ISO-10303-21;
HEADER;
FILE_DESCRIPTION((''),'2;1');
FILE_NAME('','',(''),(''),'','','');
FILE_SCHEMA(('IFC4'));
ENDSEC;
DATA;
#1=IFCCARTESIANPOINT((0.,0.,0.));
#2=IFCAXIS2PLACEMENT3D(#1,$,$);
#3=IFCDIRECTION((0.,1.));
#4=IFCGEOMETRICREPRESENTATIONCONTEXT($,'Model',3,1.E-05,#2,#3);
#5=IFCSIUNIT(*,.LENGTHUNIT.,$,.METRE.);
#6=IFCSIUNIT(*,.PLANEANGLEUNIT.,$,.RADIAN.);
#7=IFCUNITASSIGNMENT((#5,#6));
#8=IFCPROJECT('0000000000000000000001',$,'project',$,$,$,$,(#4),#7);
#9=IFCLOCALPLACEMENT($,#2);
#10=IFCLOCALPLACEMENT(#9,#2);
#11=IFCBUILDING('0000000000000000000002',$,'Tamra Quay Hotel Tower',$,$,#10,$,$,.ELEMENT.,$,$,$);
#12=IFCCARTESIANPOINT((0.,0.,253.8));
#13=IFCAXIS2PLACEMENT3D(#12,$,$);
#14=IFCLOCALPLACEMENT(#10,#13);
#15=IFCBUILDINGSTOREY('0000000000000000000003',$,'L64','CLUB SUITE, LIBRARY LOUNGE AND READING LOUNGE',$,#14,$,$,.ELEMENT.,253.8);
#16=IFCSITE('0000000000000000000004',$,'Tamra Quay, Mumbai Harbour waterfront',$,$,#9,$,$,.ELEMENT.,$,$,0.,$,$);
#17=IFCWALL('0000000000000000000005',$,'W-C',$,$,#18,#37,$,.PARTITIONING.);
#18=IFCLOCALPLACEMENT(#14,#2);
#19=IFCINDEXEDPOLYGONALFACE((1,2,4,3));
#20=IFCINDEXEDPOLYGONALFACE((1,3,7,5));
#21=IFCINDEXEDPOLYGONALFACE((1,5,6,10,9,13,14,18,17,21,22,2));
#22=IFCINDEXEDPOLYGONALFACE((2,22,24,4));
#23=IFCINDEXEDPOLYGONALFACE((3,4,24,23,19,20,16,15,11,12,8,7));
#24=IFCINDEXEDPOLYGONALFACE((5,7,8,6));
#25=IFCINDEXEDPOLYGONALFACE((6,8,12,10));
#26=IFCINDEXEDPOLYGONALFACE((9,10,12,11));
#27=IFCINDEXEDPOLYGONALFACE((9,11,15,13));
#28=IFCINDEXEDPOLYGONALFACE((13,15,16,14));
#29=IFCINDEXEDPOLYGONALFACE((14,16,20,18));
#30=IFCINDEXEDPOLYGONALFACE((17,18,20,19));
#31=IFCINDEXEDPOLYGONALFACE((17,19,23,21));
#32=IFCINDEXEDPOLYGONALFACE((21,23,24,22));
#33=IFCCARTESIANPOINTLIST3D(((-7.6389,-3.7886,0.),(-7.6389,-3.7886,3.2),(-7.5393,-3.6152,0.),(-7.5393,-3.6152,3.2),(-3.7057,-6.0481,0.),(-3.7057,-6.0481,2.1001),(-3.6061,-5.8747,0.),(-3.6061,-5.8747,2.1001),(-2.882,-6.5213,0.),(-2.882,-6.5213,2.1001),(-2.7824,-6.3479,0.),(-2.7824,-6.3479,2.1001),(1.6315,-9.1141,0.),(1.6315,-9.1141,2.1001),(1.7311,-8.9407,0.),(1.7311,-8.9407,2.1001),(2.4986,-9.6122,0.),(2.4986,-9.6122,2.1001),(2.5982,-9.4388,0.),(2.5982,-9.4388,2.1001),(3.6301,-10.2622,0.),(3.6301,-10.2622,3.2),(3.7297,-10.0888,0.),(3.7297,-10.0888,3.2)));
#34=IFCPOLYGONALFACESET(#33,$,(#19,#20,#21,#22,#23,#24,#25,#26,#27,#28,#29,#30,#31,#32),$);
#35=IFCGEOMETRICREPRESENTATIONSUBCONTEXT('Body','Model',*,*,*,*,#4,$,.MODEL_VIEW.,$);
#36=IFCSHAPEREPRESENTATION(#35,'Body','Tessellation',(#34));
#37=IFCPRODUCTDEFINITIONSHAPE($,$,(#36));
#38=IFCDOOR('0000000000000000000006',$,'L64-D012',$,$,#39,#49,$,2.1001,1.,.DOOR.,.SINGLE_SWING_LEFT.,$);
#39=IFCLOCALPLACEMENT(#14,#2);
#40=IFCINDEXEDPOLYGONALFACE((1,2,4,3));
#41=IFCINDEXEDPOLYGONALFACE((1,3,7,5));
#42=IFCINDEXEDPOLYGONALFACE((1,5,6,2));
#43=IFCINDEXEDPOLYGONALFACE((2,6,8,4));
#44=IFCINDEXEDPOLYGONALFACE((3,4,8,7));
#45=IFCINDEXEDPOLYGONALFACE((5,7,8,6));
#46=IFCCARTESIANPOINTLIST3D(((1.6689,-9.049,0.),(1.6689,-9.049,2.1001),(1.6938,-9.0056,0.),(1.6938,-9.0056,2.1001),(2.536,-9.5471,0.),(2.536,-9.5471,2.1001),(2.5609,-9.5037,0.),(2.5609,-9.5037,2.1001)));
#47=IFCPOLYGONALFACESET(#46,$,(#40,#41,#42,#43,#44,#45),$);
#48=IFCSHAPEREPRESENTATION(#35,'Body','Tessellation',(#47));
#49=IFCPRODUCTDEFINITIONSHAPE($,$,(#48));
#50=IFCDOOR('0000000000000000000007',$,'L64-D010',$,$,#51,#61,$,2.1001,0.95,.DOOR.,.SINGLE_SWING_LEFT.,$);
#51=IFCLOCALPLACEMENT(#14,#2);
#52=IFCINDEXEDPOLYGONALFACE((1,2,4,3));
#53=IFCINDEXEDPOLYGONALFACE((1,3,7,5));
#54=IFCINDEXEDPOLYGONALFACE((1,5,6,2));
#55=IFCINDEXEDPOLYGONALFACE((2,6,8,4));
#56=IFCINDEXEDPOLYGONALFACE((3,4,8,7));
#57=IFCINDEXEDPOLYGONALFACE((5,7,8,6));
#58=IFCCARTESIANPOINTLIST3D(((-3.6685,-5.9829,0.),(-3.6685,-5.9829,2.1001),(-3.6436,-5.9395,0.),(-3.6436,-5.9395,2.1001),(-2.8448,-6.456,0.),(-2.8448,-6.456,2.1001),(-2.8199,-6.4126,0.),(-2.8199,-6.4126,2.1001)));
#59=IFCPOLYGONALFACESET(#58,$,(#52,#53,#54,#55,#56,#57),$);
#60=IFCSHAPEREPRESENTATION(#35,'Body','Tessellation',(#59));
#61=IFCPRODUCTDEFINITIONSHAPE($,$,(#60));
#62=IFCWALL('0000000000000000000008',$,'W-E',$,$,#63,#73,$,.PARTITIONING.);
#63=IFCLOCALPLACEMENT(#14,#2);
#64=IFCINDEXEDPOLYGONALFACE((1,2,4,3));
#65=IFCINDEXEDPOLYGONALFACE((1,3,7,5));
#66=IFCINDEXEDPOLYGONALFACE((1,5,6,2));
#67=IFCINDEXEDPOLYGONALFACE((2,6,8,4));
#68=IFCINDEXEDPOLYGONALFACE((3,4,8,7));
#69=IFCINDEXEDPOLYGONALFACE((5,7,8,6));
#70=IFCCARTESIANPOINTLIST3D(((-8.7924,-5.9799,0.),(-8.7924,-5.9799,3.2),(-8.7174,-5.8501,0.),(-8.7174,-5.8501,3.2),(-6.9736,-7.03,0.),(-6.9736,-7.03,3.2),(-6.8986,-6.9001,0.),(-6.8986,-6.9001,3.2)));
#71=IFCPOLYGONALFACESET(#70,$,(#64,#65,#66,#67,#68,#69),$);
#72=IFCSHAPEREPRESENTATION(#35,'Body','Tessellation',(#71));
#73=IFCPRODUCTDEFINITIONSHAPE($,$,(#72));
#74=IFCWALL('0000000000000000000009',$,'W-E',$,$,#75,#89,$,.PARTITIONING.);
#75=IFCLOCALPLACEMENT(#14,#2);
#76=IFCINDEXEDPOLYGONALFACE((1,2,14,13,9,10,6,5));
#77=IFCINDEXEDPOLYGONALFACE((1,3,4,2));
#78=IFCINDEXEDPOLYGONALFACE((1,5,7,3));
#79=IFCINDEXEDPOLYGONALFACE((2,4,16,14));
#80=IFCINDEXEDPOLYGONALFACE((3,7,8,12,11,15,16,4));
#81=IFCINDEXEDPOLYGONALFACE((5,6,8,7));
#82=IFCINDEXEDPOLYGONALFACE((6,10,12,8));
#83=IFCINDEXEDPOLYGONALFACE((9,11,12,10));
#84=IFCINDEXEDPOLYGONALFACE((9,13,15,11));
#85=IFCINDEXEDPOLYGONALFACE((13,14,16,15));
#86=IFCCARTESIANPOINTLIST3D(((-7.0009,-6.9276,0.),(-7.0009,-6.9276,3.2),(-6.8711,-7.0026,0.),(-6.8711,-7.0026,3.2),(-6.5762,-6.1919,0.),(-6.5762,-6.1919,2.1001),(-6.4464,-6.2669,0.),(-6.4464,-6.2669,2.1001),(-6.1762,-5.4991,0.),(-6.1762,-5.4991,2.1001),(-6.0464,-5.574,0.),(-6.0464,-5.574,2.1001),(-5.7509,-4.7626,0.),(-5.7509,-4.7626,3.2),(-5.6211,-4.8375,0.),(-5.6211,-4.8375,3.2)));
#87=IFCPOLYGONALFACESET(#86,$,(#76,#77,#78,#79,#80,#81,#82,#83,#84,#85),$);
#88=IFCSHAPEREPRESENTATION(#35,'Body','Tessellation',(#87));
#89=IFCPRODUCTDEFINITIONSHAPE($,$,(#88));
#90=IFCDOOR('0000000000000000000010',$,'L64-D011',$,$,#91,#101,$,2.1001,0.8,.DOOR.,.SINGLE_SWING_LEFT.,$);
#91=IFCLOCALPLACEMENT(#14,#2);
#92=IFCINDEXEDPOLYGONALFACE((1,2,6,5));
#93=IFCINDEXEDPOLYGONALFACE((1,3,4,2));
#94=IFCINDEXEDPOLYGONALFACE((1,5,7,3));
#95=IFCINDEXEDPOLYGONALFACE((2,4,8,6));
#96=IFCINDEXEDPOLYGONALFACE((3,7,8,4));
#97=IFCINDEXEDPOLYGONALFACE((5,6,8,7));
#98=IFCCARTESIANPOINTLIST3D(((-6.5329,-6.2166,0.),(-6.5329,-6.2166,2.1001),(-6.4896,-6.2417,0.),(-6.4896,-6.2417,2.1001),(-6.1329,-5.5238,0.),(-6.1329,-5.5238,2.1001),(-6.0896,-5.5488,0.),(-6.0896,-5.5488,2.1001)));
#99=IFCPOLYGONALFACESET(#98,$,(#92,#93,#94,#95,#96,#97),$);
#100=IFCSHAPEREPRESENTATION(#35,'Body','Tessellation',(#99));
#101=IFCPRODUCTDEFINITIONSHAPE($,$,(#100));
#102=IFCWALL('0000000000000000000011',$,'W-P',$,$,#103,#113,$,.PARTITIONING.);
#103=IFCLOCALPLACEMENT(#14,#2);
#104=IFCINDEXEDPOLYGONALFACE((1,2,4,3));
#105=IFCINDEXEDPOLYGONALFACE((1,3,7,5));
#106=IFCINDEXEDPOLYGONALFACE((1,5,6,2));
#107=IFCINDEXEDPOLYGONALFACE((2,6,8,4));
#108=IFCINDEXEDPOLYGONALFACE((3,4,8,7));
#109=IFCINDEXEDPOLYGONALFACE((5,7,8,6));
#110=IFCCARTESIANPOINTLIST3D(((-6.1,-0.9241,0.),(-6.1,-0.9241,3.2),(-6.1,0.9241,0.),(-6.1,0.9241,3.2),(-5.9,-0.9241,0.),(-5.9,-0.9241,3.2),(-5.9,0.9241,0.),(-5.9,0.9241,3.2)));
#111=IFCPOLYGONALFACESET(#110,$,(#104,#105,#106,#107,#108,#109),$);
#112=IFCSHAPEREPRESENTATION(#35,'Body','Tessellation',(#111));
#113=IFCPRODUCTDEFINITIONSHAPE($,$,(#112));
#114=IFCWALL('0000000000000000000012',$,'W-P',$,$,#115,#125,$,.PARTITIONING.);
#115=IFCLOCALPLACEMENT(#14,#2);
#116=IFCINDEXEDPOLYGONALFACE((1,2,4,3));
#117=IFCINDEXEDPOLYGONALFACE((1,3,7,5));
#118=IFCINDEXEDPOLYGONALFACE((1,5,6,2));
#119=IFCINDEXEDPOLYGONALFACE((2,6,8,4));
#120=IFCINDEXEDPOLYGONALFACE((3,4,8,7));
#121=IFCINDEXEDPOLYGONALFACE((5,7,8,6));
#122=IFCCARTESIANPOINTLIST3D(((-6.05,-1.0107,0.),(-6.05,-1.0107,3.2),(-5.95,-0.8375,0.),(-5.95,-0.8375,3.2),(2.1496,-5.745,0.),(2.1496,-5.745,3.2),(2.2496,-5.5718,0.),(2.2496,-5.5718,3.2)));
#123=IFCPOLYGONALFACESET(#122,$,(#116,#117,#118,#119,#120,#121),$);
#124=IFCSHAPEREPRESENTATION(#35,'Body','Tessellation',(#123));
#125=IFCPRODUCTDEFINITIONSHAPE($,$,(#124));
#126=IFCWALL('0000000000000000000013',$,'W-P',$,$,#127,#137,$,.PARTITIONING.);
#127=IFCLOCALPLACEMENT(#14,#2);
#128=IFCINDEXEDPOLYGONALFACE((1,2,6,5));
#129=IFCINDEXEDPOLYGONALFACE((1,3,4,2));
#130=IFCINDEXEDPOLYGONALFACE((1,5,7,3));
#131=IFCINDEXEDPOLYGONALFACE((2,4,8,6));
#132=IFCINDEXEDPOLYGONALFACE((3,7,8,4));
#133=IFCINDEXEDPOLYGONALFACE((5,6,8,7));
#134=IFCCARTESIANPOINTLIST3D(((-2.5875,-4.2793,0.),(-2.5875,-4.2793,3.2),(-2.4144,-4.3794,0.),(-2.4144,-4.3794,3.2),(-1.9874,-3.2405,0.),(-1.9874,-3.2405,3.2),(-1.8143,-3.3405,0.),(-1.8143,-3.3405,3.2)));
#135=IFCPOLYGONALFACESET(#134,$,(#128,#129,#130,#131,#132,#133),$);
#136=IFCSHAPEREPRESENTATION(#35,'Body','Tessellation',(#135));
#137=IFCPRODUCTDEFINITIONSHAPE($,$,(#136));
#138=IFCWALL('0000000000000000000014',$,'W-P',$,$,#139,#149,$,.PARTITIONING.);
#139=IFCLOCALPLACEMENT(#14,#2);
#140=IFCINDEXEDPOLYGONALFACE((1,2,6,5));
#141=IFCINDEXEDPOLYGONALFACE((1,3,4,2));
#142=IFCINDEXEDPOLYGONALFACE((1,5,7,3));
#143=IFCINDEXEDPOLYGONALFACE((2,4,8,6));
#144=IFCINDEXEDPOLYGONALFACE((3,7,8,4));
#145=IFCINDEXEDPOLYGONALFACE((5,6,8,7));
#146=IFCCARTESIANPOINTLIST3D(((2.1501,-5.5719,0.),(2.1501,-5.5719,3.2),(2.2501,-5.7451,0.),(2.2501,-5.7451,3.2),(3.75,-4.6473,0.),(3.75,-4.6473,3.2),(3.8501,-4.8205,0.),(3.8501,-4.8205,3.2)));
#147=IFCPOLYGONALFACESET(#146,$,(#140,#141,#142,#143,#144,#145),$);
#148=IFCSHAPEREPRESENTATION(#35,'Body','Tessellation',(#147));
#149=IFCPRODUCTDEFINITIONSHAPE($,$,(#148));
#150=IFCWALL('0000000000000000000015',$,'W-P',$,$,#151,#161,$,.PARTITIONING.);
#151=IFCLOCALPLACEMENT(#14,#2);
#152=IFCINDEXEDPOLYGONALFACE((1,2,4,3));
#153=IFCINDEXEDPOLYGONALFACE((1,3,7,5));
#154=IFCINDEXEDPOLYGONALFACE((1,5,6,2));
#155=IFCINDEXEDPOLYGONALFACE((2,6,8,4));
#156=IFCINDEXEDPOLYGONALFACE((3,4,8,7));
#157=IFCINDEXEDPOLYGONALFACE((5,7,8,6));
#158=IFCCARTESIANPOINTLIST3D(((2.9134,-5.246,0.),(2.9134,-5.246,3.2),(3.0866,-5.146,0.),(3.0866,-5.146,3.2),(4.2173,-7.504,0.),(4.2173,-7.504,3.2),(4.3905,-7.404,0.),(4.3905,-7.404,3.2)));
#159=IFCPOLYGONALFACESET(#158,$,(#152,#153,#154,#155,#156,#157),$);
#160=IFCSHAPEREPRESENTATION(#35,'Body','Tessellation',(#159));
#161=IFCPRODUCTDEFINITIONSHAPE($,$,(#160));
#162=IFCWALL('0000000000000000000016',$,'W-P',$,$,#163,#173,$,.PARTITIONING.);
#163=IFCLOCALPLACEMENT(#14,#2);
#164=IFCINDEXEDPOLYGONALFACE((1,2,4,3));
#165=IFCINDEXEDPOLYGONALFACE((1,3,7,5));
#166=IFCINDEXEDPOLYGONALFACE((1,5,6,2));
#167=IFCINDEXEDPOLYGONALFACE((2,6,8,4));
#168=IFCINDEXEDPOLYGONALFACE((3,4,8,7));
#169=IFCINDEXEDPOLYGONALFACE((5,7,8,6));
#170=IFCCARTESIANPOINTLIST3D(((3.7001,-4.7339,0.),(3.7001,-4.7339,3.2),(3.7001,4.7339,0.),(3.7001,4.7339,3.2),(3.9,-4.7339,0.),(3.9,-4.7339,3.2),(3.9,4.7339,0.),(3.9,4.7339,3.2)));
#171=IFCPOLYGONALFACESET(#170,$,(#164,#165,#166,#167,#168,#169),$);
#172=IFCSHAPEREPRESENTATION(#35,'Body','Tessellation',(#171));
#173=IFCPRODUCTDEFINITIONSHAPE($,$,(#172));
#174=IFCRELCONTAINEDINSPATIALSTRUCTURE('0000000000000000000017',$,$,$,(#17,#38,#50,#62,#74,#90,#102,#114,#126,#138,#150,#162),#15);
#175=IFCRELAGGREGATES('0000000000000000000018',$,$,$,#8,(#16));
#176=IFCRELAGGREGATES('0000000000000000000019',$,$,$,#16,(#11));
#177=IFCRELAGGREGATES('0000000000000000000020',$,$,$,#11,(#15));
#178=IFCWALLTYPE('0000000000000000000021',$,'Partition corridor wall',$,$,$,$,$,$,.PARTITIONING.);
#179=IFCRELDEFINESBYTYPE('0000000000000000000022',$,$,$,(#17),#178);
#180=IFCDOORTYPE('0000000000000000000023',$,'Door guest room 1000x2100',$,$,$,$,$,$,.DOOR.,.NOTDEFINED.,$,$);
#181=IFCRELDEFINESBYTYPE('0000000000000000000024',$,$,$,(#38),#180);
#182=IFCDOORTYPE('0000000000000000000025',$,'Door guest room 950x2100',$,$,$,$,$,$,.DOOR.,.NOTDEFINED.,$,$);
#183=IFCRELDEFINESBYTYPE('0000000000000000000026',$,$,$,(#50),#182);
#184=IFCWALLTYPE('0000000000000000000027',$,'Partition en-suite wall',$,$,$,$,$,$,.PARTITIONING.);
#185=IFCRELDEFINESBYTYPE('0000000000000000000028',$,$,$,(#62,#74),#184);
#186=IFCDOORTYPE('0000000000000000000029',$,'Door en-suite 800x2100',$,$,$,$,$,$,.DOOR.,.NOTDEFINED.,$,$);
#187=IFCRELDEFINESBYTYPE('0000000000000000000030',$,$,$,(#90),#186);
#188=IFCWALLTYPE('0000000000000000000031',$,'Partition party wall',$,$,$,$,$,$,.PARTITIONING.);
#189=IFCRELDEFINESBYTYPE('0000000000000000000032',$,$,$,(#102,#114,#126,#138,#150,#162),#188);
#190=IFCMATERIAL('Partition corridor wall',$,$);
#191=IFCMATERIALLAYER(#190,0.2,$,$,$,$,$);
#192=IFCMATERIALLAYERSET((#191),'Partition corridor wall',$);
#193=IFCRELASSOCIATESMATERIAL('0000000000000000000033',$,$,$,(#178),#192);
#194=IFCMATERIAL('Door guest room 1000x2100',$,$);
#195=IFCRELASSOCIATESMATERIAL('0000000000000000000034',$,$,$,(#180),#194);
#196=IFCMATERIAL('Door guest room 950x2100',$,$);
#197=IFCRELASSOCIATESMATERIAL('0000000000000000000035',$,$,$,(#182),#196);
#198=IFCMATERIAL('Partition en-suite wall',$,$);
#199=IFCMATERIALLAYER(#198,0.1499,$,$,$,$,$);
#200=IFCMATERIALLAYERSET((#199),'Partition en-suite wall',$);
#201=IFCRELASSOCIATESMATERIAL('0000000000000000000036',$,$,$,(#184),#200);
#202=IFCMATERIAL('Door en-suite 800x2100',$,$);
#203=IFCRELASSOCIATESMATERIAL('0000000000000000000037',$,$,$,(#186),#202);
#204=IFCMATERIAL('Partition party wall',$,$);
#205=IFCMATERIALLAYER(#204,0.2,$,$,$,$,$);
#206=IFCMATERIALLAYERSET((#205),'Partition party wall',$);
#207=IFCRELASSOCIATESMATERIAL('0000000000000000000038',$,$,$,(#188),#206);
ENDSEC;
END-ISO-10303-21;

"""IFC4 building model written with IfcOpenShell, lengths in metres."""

from ifc_helpers import new_model, si_unit, direction, frame, frame_2d, origin, place, context, subcontext, project, spatial, rectangle, extrude, material, layer, layer_set, type_object, element, fill, save


model = new_model("IFC4")

# Units and contexts
model_context = context("Model", 3, precision=1e-05, world=origin(), true_north=direction((0.0, 1.0)))
body_context = subcontext(model_context, "Body", "Model", "MODEL_VIEW")
ifc_project = project(units=[si_unit("LENGTHUNIT", "METRE"), si_unit("PLANEANGLEUNIT", "RADIAN")], contexts=[model_context])

# Site, building, storey
site_placement = place(None, origin())
site = spatial("IfcSite", under=ifc_project, at=site_placement, Name="Tamra Quay, Mumbai Harbour waterfront", CompositionType="ELEMENT", RefElevation=0.0)
building_placement = place(site_placement, origin())
building = spatial("IfcBuilding", under=site, at=building_placement, Name="Tamra Quay Hotel Tower", CompositionType="ELEMENT")
storey_placement = place(building_placement, frame((0.0, 0.0, 253.8)))
storey = spatial("IfcBuildingStorey", under=building, at=storey_placement, Name="L64", Description="CLUB SUITE, LIBRARY LOUNGE AND READING LOUNGE", CompositionType="ELEMENT", Elevation=253.8)

# Shared definitions
ifc_material_1 = material(Name="Partition corridor wall")
ifc_layer_1 = layer(ifc_material_1, 0.2)
ifc_layer_set_1 = layer_set([ifc_layer_1], Name="Partition corridor wall")
wall_type_1 = type_object("IfcWallType", Name="Partition corridor wall", PredefinedType="PARTITIONING", material=ifc_layer_set_1)

# Wall, openings, doors
wall_1_placement = place(storey_placement, frame((-7.5891, -3.7019, 0.0), z_axis=(0.0, 0.0, 1.0), x_axis=(0.867108, -0.49812, 0.0)))
wall_1 = element("IfcWall", 1, at=wall_1_placement, inside=storey, type_object=wall_type_1, Name="W-C", PredefinedType="PARTITIONING", context=body_context, shape_type="SweptSolid", body=[
    extrude(rectangle(XDim=12.9961, YDim=0.2, at=frame_2d((6.498, 0.0))), origin(), (0.0, 0.0, 1.0), 3.2),
])
opening_1_placement = place(wall_1_placement, frame((4.5359, 0.0, 0.0)))
opening_1 = element("IfcOpeningElement", 2, at=opening_1_placement, cuts=wall_1, PredefinedType="OPENING", context=body_context, shape_type="SweptSolid", body=[
    extrude(rectangle(XDim=0.95, YDim=2.1001, at=frame_2d((0.4751, 1.05))), frame((0.0, 0.1099, 0.0), z_axis=(0.0, -1.0, 0.0), x_axis=(1.0, 0.0, 0.0)), (0.0, 0.0, 1.0), 0.22),
])
opening_2_placement = place(wall_1_placement, frame((10.6912, 0.0, 0.0)))
opening_2 = element("IfcOpeningElement", 3, at=opening_2_placement, cuts=wall_1, PredefinedType="OPENING", context=body_context, shape_type="SweptSolid", body=[
    extrude(rectangle(XDim=1.0, YDim=2.1001, at=frame_2d((0.5, 1.05))), frame((0.0, 0.1099, 0.0), z_axis=(0.0, -1.0, 0.0), x_axis=(1.0, 0.0, 0.0)), (0.0, 0.0, 1.0), 0.22),
])
ifc_material_2 = material(Name="Door guest room 1000x2100")
door_type_1 = type_object("IfcDoorType", Name="Door guest room 1000x2100", OperationType="NOTDEFINED", PredefinedType="DOOR", material=ifc_material_2)
door_1_placement = place(opening_2_placement, frame((1.0, 0.0, 0.0), z_axis=(0.0, 0.0, 1.0), x_axis=(-1.0, 0.0, 0.0)))
door_1 = element("IfcDoor", 4, at=door_1_placement, inside=storey, type_object=door_type_1, Name="L64-D012", OperationType="SINGLE_SWING_LEFT", OverallHeight=2.1001, OverallWidth=1.0, PredefinedType="DOOR", context=body_context, shape_type="SweptSolid", body=[
    extrude(rectangle(XDim=1.0, YDim=2.1001, at=frame_2d((0.5, 1.05))), frame((0.0, 0.0249, 0.0), z_axis=(0.0, -1.0, 0.0), x_axis=(1.0, 0.0, 0.0)), (0.0, 0.0, 1.0), 0.05),
])
fill(opening_2, door_1)
ifc_material_3 = material(Name="Door guest room 950x2100")
door_type_2 = type_object("IfcDoorType", Name="Door guest room 950x2100", OperationType="NOTDEFINED", PredefinedType="DOOR", material=ifc_material_3)
door_2_placement = place(opening_1_placement, frame((0.95, 0.0, 0.0), z_axis=(0.0, 0.0, 1.0), x_axis=(-1.0, 0.0, 0.0)))
door_2 = element("IfcDoor", 5, at=door_2_placement, inside=storey, type_object=door_type_2, Name="L64-D010", OperationType="SINGLE_SWING_LEFT", OverallHeight=2.1001, OverallWidth=0.95, PredefinedType="DOOR", context=body_context, shape_type="SweptSolid", body=[
    extrude(rectangle(XDim=0.95, YDim=2.1001, at=frame_2d((0.4751, 1.05))), frame((0.0, 0.0249, 0.0), z_axis=(0.0, -1.0, 0.0), x_axis=(1.0, 0.0, 0.0)), (0.0, 0.0, 1.0), 0.05),
])
fill(opening_1, door_2)

# Wall
ifc_material_4 = material(Name="Partition en-suite wall")
ifc_layer_2 = layer(ifc_material_4, 0.1499)
ifc_layer_set_2 = layer_set([ifc_layer_2], Name="Partition en-suite wall")
wall_type_2 = type_object("IfcWallType", Name="Partition en-suite wall", PredefinedType="PARTITIONING", material=ifc_layer_set_2)
wall_2_placement = place(storey_placement, frame((-8.7549, -5.915, 0.0), z_axis=(0.0, 0.0, 1.0), x_axis=(0.866038, -0.499977, 0.0)))
element("IfcWall", 6, at=wall_2_placement, inside=storey, type_object=wall_type_2, Name="W-E", PredefinedType="PARTITIONING", context=body_context, shape_type="SweptSolid", body=[
    extrude(rectangle(XDim=2.1001, YDim=0.1499, at=frame_2d((1.05, 0.0))), origin(), (0.0, 0.0, 1.0), 3.2),
])

# Wall, opening, door
wall_3_placement = place(storey_placement, frame((-6.936, -6.9651, 0.0), z_axis=(0.0, 0.0, 1.0), x_axis=(0.500004, 0.866023, 0.0)))
wall_3 = element("IfcWall", 7, at=wall_3_placement, inside=storey, type_object=wall_type_2, Name="W-E", PredefinedType="PARTITIONING", context=body_context, shape_type="SweptSolid", body=[
    extrude(rectangle(XDim=2.5, YDim=0.1499, at=frame_2d((1.25, 0.0))), origin(), (0.0, 0.0, 1.0), 3.2),
])
opening_3_placement = place(wall_3_placement, frame((0.8496, 0.0, 0.0)))
opening_3 = element("IfcOpeningElement", 8, at=opening_3_placement, cuts=wall_3, PredefinedType="OPENING", context=body_context, shape_type="SweptSolid", body=[
    extrude(rectangle(XDim=0.8, YDim=2.1001, at=frame_2d((0.3999, 1.05))), frame((0.0, 0.085, 0.0), z_axis=(0.0, -1.0, 0.0), x_axis=(1.0, 0.0, 0.0)), (0.0, 0.0, 1.0), 0.1699),
])
ifc_material_5 = material(Name="Door en-suite 800x2100")
door_type_3 = type_object("IfcDoorType", Name="Door en-suite 800x2100", OperationType="NOTDEFINED", PredefinedType="DOOR", material=ifc_material_5)
door_3_placement = place(opening_3_placement, frame((0.8, 0.0, 0.0), z_axis=(0.0, 0.0, 1.0), x_axis=(-1.0, 0.0, 0.0)))
door_3 = element("IfcDoor", 9, at=door_3_placement, inside=storey, type_object=door_type_3, Name="L64-D011", OperationType="SINGLE_SWING_LEFT", OverallHeight=2.1001, OverallWidth=0.8, PredefinedType="DOOR", context=body_context, shape_type="SweptSolid", body=[
    extrude(rectangle(XDim=0.8, YDim=2.1001, at=frame_2d((0.3999, 1.05))), frame((0.0, 0.0249, 0.0), z_axis=(0.0, -1.0, 0.0), x_axis=(1.0, 0.0, 0.0)), (0.0, 0.0, 1.0), 0.05),
])
fill(opening_3, door_3)

# Walls
ifc_material_6 = material(Name="Partition party wall")
ifc_layer_3 = layer(ifc_material_6, 0.2)
ifc_layer_set_3 = layer_set([ifc_layer_3], Name="Partition party wall")
wall_type_3 = type_object("IfcWallType", Name="Partition party wall", PredefinedType="PARTITIONING", material=ifc_layer_set_3)
wall_4_placement = place(storey_placement, frame((-6.0, -0.9241, 0.0), z_axis=(0.0, 0.0, 1.0), x_axis=(0.0, 1.0, 0.0)))
element("IfcWall", 10, at=wall_4_placement, inside=storey, type_object=wall_type_3, Name="W-P", PredefinedType="PARTITIONING", context=body_context, shape_type="SweptSolid", body=[
    extrude(rectangle(XDim=1.8481, YDim=0.2, at=frame_2d((0.9241, 0.0))), origin(), (0.0, 0.0, 1.0), 3.2),
])
wall_5_placement = place(storey_placement, frame((-6.0, -0.9241, 0.0), z_axis=(0.0, 0.0, 1.0), x_axis=(0.866013, -0.500022, 0.0)))
element("IfcWall", 11, at=wall_5_placement, inside=storey, type_object=wall_type_3, Name="W-P", PredefinedType="PARTITIONING", context=body_context, shape_type="SweptSolid", body=[
    extrude(rectangle(XDim=9.4683, YDim=0.2, at=frame_2d((4.7341, 0.0))), origin(), (0.0, 0.0, 1.0), 3.2),
])
wall_6_placement = place(storey_placement, frame((-2.501, -4.3293, 0.0), z_axis=(0.0, 0.0, 1.0), x_axis=(0.50021, 0.865904, 0.0)))
element("IfcWall", 12, at=wall_6_placement, inside=storey, type_object=wall_type_3, Name="W-P", PredefinedType="PARTITIONING", context=body_context, shape_type="SweptSolid", body=[
    extrude(rectangle(XDim=1.1997, YDim=0.2, at=frame_2d((0.5999, 0.0))), origin(), (0.0, 0.0, 1.0), 3.2),
])
wall_7_placement = place(storey_placement, frame((2.2002, -5.6584, 0.0), z_axis=(0.0, 0.0, 1.0), x_axis=(0.865818, 0.500359, 0.0)))
element("IfcWall", 13, at=wall_7_placement, inside=storey, type_object=wall_type_3, Name="W-P", PredefinedType="PARTITIONING", context=body_context, shape_type="SweptSolid", body=[
    extrude(rectangle(XDim=1.8479, YDim=0.2, at=frame_2d((0.9238, 0.0))), origin(), (0.0, 0.0, 1.0), 3.2),
])
wall_8_placement = place(storey_placement, frame((3.0, -5.196, 0.0), z_axis=(0.0, 0.0, 1.0), x_axis=(0.500076, -0.865981, 0.0)))
element("IfcWall", 14, at=wall_8_placement, inside=storey, type_object=wall_type_3, Name="W-P", PredefinedType="PARTITIONING", context=body_context, shape_type="SweptSolid", body=[
    extrude(rectangle(XDim=2.6074, YDim=0.2, at=frame_2d((1.3037, 0.0))), origin(), (0.0, 0.0, 1.0), 3.2),
])
wall_9_placement = place(storey_placement, frame((3.8, -4.7339, 0.0), z_axis=(0.0, 0.0, 1.0), x_axis=(0.0, 1.0, 0.0)))
element("IfcWall", 15, at=wall_9_placement, inside=storey, type_object=wall_type_3, Name="W-P", PredefinedType="PARTITIONING", context=body_context, shape_type="SweptSolid", body=[
    extrude(rectangle(XDim=9.4678, YDim=0.2, at=frame_2d((4.7339, 0.0))), origin(), (0.0, 0.0, 1.0), 3.2),
])

save(model, "model.ifc")
